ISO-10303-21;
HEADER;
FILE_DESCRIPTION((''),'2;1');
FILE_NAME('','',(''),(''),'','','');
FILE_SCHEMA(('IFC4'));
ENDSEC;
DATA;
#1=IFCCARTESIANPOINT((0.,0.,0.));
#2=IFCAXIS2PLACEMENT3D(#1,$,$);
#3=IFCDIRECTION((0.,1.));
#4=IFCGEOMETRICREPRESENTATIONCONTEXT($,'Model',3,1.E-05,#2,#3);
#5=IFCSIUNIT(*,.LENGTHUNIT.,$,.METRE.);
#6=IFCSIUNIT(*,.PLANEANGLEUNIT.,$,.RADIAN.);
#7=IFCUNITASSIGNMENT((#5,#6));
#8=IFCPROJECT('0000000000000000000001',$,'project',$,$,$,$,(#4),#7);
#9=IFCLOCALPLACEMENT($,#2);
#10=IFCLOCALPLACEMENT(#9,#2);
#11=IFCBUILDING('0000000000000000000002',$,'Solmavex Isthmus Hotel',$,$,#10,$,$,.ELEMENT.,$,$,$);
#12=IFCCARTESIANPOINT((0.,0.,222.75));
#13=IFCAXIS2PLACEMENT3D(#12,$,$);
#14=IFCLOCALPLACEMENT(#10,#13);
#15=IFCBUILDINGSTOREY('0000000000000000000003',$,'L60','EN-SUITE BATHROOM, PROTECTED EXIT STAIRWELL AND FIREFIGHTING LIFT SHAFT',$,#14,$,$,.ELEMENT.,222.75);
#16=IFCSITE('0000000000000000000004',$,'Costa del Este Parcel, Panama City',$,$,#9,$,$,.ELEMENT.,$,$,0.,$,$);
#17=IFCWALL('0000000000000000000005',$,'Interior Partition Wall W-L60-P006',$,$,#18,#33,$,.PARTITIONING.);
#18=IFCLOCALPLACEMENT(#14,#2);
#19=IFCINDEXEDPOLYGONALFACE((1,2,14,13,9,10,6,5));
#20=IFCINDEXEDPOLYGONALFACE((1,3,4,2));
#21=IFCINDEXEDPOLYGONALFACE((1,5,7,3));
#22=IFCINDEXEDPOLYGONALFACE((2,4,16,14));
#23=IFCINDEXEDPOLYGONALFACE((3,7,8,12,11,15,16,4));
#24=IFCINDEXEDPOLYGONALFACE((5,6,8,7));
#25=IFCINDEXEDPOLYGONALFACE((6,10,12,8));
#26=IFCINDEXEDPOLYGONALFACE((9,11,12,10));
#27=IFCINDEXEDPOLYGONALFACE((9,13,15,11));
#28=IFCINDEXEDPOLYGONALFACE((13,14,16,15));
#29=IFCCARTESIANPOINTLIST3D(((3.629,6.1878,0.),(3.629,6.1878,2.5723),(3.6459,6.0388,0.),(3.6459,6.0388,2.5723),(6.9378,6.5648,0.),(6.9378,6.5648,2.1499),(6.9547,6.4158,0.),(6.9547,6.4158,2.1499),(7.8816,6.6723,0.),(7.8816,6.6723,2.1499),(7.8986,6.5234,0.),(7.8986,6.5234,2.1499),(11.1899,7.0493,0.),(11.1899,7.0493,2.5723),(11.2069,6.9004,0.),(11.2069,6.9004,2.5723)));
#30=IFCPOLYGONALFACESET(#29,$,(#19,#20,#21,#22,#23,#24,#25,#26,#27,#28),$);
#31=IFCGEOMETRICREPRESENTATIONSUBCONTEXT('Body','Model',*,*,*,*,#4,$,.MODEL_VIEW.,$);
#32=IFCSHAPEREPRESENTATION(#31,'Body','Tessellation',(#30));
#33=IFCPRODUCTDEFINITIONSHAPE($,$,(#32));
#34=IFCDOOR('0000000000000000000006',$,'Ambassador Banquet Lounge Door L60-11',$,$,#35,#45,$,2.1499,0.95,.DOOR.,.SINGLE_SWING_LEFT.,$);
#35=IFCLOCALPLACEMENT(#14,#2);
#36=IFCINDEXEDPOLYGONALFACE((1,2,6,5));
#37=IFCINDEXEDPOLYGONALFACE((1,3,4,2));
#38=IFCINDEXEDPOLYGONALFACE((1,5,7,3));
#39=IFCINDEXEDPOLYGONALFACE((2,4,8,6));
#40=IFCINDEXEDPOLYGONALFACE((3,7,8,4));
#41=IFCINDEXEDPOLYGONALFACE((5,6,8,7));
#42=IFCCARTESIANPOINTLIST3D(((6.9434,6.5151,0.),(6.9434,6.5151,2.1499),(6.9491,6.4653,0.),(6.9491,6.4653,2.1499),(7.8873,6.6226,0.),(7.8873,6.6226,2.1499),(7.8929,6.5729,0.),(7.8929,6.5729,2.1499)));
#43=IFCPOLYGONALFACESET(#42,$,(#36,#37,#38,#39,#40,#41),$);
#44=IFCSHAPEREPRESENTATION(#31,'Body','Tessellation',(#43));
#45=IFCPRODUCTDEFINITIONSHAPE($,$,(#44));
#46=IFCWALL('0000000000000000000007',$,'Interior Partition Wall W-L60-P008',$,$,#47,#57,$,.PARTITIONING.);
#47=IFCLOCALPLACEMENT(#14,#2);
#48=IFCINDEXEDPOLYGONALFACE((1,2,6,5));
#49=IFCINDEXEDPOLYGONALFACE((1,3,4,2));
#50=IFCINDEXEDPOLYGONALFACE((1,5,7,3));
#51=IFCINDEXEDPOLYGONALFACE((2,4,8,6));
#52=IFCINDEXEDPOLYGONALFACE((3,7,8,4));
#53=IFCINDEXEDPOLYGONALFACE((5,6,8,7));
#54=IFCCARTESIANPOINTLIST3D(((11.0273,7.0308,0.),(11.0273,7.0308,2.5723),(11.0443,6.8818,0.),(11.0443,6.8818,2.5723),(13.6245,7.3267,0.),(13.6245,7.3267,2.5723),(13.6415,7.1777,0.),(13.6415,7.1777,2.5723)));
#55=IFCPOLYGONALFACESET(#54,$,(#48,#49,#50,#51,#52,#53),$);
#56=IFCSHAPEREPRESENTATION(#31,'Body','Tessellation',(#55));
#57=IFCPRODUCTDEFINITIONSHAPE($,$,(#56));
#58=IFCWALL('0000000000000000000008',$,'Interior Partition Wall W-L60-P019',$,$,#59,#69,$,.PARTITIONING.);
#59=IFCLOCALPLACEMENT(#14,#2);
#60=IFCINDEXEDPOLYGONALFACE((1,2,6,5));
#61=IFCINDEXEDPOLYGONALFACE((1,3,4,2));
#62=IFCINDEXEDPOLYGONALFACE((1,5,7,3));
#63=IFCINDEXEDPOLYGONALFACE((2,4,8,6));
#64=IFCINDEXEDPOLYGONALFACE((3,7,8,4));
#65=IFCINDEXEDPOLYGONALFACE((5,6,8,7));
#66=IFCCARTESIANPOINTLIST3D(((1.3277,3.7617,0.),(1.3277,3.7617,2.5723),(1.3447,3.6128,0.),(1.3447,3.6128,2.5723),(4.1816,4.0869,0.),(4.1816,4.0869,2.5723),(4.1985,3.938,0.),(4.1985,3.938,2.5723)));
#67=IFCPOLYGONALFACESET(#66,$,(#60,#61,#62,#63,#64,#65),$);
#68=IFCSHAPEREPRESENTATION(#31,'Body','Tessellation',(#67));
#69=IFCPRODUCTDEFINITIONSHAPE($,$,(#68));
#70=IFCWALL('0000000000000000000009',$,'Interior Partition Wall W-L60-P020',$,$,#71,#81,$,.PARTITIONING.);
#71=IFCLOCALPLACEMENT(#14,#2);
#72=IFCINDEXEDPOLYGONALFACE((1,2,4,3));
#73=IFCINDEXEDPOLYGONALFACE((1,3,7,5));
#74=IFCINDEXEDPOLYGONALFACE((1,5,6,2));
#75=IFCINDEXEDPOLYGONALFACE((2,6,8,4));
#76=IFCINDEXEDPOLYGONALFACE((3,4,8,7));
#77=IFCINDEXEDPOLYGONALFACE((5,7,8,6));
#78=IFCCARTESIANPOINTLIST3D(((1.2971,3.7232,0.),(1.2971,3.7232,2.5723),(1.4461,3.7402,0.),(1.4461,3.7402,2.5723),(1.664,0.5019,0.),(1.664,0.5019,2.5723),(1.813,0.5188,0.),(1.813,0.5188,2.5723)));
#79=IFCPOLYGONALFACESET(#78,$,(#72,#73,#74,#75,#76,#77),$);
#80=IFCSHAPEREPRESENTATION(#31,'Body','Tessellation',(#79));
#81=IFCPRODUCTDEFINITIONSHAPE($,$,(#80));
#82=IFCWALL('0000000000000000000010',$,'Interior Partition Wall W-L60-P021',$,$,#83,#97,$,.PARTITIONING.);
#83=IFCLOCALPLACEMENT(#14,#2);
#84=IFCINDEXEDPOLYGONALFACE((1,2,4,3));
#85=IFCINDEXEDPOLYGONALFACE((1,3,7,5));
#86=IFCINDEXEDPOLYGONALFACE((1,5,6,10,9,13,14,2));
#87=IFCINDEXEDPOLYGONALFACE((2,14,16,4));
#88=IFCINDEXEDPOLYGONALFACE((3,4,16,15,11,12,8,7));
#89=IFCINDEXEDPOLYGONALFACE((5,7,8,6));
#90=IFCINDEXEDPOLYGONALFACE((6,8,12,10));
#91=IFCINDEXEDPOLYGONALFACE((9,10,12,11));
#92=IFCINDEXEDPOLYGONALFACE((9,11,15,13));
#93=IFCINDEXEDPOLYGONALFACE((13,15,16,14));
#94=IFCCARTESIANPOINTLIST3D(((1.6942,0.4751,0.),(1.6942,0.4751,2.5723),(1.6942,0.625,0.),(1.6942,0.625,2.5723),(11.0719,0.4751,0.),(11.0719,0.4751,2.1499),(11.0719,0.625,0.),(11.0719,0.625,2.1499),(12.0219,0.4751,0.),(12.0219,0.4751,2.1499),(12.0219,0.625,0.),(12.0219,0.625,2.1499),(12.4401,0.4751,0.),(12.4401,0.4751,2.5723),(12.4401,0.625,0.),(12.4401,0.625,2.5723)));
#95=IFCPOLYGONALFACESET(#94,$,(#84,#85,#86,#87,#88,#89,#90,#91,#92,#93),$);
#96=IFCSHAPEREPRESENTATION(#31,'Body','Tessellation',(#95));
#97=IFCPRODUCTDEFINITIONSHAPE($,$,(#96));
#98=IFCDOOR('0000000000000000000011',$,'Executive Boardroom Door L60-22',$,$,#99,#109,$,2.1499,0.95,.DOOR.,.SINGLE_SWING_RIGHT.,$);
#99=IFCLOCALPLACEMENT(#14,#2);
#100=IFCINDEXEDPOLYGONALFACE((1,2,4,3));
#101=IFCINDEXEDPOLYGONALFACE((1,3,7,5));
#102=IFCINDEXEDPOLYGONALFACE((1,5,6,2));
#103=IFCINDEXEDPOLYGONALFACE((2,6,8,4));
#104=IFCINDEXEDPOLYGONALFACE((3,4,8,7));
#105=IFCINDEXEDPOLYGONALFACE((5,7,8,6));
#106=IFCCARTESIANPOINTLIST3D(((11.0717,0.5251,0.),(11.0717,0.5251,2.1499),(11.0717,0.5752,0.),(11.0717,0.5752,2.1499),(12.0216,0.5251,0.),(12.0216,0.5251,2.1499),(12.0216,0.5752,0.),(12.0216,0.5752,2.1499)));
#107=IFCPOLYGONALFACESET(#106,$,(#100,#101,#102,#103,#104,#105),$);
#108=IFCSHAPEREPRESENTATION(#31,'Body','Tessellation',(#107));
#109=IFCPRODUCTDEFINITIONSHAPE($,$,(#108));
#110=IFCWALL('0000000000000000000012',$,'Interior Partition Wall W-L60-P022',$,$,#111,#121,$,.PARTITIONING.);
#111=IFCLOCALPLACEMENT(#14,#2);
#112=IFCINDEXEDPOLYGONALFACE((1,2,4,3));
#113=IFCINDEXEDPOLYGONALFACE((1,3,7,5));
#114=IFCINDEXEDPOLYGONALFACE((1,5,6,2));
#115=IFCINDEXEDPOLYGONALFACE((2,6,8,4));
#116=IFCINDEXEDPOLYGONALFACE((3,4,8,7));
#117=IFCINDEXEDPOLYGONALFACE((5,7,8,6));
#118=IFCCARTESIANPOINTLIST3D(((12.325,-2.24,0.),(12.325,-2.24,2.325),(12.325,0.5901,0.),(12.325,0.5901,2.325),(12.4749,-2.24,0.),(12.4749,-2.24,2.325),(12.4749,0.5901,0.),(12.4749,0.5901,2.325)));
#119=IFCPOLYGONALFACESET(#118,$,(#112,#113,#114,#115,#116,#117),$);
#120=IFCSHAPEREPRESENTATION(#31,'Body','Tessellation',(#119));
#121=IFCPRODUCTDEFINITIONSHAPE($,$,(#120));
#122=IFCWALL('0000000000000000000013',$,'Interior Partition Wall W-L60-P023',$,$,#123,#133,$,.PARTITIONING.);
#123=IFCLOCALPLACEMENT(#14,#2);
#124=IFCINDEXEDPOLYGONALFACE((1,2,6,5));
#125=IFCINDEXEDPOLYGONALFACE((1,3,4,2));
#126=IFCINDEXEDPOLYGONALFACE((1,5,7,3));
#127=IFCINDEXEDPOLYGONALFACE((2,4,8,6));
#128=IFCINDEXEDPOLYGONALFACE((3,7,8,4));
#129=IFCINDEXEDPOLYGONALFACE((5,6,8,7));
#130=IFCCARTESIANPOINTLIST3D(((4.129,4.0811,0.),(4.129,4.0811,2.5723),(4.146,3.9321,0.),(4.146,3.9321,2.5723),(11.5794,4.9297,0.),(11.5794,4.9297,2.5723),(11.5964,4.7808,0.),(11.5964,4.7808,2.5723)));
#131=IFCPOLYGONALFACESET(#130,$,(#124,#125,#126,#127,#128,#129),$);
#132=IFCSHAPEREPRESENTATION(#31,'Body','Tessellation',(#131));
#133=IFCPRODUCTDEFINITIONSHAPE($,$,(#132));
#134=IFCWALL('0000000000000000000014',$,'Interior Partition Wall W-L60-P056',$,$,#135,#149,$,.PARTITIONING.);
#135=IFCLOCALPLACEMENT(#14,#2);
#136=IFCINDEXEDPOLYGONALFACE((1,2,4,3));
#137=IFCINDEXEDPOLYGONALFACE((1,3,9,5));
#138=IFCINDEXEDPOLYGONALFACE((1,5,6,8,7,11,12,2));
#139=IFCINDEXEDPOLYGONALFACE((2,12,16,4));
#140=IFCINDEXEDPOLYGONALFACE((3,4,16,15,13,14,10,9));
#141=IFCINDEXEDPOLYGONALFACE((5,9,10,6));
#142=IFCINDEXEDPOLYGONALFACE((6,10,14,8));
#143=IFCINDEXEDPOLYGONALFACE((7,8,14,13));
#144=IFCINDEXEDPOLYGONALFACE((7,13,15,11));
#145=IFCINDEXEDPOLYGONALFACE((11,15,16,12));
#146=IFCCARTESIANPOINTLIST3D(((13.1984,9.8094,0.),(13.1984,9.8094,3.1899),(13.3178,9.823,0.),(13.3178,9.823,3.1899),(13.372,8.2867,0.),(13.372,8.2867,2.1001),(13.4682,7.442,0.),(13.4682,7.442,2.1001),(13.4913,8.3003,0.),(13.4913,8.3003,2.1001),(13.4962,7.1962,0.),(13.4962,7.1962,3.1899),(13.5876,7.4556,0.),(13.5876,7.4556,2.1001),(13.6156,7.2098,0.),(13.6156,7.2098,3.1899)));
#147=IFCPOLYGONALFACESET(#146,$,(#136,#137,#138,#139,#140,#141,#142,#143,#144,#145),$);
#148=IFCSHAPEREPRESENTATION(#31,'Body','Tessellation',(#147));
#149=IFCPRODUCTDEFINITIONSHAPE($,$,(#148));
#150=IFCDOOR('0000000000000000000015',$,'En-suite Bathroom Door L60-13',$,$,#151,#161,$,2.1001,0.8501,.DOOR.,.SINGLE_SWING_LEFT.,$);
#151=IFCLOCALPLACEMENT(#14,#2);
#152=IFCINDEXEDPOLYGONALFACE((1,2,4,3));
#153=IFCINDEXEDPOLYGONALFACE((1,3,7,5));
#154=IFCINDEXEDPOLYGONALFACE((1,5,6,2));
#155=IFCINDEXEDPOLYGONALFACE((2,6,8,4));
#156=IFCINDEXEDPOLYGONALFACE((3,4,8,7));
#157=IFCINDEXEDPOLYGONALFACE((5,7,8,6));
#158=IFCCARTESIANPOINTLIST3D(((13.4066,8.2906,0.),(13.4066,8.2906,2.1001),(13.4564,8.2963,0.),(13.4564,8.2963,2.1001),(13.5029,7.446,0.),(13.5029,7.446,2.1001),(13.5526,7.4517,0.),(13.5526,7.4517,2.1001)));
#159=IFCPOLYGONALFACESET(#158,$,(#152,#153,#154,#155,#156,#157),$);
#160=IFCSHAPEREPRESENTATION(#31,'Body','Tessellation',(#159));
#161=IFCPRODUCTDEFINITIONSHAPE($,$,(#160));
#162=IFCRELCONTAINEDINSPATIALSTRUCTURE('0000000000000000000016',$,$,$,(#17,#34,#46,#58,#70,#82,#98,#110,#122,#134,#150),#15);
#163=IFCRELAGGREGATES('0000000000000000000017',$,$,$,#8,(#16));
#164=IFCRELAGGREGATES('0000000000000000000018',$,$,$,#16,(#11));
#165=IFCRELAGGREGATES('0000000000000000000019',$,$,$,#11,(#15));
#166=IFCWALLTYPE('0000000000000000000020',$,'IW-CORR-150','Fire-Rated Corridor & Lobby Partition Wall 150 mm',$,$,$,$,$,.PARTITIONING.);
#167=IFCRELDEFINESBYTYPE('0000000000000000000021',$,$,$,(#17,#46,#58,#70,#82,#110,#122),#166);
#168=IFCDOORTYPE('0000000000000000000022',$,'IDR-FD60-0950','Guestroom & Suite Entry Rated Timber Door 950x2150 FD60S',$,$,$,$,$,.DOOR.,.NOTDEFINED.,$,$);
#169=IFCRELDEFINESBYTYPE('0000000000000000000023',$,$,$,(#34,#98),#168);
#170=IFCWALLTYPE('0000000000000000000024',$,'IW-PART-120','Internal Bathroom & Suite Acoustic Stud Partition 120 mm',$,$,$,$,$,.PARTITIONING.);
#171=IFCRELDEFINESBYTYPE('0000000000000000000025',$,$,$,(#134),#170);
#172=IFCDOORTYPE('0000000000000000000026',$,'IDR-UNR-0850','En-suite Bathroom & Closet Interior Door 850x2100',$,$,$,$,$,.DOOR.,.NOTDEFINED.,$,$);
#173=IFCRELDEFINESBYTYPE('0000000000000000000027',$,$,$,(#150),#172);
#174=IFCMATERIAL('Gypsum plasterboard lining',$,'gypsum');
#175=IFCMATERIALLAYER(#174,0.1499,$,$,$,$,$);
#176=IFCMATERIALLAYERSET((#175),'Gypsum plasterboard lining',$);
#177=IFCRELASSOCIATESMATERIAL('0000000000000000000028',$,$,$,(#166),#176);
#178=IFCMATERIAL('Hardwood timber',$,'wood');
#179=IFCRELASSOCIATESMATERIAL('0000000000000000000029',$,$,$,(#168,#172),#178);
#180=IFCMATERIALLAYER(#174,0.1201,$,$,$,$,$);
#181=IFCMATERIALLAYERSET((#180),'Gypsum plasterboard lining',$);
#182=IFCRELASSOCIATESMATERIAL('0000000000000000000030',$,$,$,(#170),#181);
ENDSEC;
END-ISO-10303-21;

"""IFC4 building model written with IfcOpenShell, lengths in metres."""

from ifc_helpers import new_model, si_unit, direction, frame, frame_2d, origin, place, context, subcontext, project, spatial, rectangle, extrude, material, layer, layer_set, type_object, element, fill, save


model = new_model("IFC4")

# Units and contexts
model_context = context("Model", 3, precision=1e-05, world=origin(), true_north=direction((0.0, 1.0)))
body_context = subcontext(model_context, "Body", "Model", "MODEL_VIEW")
ifc_project = project(units=[si_unit("LENGTHUNIT", "METRE"), si_unit("PLANEANGLEUNIT", "RADIAN")], contexts=[model_context])

# Site, building, storey
site_placement = place(None, origin())
site = spatial("IfcSite", under=ifc_project, at=site_placement, Name="Costa del Este Parcel, Panama City", CompositionType="ELEMENT", RefElevation=0.0)
building_placement = place(site_placement, origin())
building = spatial("IfcBuilding", under=site, at=building_placement, Name="Solmavex Isthmus Hotel", CompositionType="ELEMENT")
storey_placement = place(building_placement, frame((0.0, 0.0, 222.75)))
storey = spatial("IfcBuildingStorey", under=building, at=storey_placement, Name="L60", Description="EN-SUITE BATHROOM, PROTECTED EXIT STAIRWELL AND FIREFIGHTING LIFT SHAFT", CompositionType="ELEMENT", Elevation=222.75)

# Wall, opening, door
ifc_material_1 = material(Name="Gypsum plasterboard lining", Category="gypsum")
ifc_layer_1 = layer(ifc_material_1, 0.1499)
ifc_layer_set_1 = layer_set([ifc_layer_1], Name="Gypsum plasterboard lining")
wall_type_1 = type_object("IfcWallType", Name="IW-CORR-150", Description="Fire-Rated Corridor & Lobby Partition Wall 150 mm", PredefinedType="PARTITIONING", material=ifc_layer_set_1)
wall_1_placement = place(storey_placement, frame((3.6375, 6.1133, 0.0), z_axis=(0.0, 0.0, 1.0), x_axis=(0.99357, 0.113216, 0.0)))
wall_1 = element("IfcWall", 1, at=wall_1_placement, inside=storey, type_object=wall_type_1, Name="Interior Partition Wall W-L60-P006", PredefinedType="PARTITIONING", context=body_context, shape_type="SweptSolid", body=[
    extrude(rectangle(XDim=7.6099, YDim=0.1499, at=frame_2d((3.8049, 0.0))), origin(), (0.0, 0.0, 1.0), 2.5723),
])
opening_1_placement = place(wall_1_placement, frame((3.3301, 0.0, 0.0)))
opening_1 = element("IfcOpeningElement", 2, at=opening_1_placement, cuts=wall_1, PredefinedType="OPENING", context=body_context, shape_type="SweptSolid", body=[
    extrude(rectangle(XDim=0.95, YDim=2.1499, at=frame_2d((0.4751, 1.075))), frame((0.0, 0.085, 0.0), z_axis=(0.0, -1.0, 0.0), x_axis=(1.0, 0.0, 0.0)), (0.0, 0.0, 1.0), 0.1699),
])
ifc_material_2 = material(Name="Hardwood timber", Category="wood")
door_type_1 = type_object("IfcDoorType", Name="IDR-FD60-0950", Description="Guestroom & Suite Entry Rated Timber Door 950x2150 FD60S", OperationType="NOTDEFINED", PredefinedType="DOOR", material=ifc_material_2)
door_1_placement = place(opening_1_placement, origin())
door_1 = element("IfcDoor", 3, at=door_1_placement, inside=storey, type_object=door_type_1, Name="Ambassador Banquet Lounge Door L60-11", OperationType="SINGLE_SWING_LEFT", OverallHeight=2.1499, OverallWidth=0.95, PredefinedType="DOOR", context=body_context, shape_type="SweptSolid", body=[
    extrude(rectangle(XDim=0.95, YDim=2.1499, at=frame_2d((0.4751, 1.075))), frame((0.0, 0.0249, 0.0), z_axis=(0.0, -1.0, 0.0), x_axis=(1.0, 0.0, 0.0)), (0.0, 0.0, 1.0), 0.05),
])
fill(opening_1, door_1)

# Walls
wall_2_placement = place(storey_placement, frame((11.0356, 6.9563, 0.0), z_axis=(0.0, 0.0, 1.0), x_axis=(0.993572, 0.113199, 0.0)))
element("IfcWall", 4, at=wall_2_placement, inside=storey, type_object=wall_type_1, Name="Interior Partition Wall W-L60-P008", PredefinedType="PARTITIONING", context=body_context, shape_type="SweptSolid", body=[
    extrude(rectangle(XDim=2.614, YDim=0.1499, at=frame_2d((1.3071, 0.0))), origin(), (0.0, 0.0, 1.0), 2.5723),
])
wall_3_placement = place(storey_placement, frame((4.1899, 4.0125, 0.0), z_axis=(0.0, 0.0, 1.0), x_axis=(-0.99357, -0.113221, 0.0)))
element("IfcWall", 5, at=wall_3_placement, inside=storey, type_object=wall_type_1, Name="Interior Partition Wall W-L60-P019", PredefinedType="PARTITIONING", context=body_context, shape_type="SweptSolid", body=[
    extrude(rectangle(XDim=2.8723, YDim=0.1499, at=frame_2d((1.436, 0.0))), origin(), (0.0, 0.0, 1.0), 2.5723),
])
wall_4_placement = place(storey_placement, frame((1.3716, 3.7317, 0.0), z_axis=(0.0, 0.0, 1.0), x_axis=(0.113175, -0.993575, 0.0)))
element("IfcWall", 6, at=wall_4_placement, inside=storey, type_object=wall_type_1, Name="Interior Partition Wall W-L60-P020", PredefinedType="PARTITIONING", context=body_context, shape_type="SweptSolid", body=[
    extrude(rectangle(XDim=3.2422, YDim=0.1499, at=frame_2d((1.6211, 0.0))), origin(), (0.0, 0.0, 1.0), 2.5723),
])

# Wall, opening, door
wall_5_placement = place(storey_placement, frame((1.6941, 0.55, 0.0), z_axis=(0.0, 0.0, 1.0), x_axis=(1.0, 0.0, 0.0)))
wall_5 = element("IfcWall", 7, at=wall_5_placement, inside=storey, type_object=wall_type_1, Name="Interior Partition Wall W-L60-P021", PredefinedType="PARTITIONING", context=body_context, shape_type="SweptSolid", body=[
    extrude(rectangle(XDim=10.7458, YDim=0.1499, at=frame_2d((5.373, 0.0))), origin(), (0.0, 0.0, 1.0), 2.5723),
])
opening_2_placement = place(wall_5_placement, frame((9.3777, 0.0, 0.0)))
opening_2 = element("IfcOpeningElement", 8, at=opening_2_placement, cuts=wall_5, PredefinedType="OPENING", context=body_context, shape_type="SweptSolid", body=[
    extrude(rectangle(XDim=0.95, YDim=2.1499, at=frame_2d((0.4751, 1.075))), frame((0.0, 0.085, 0.0), z_axis=(0.0, -1.0, 0.0), x_axis=(1.0, 0.0, 0.0)), (0.0, 0.0, 1.0), 0.1699),
])
door_2_placement = place(opening_2_placement, frame((0.95, 0.0, 0.0), z_axis=(0.0, 0.0, 1.0), x_axis=(-1.0, 0.0, 0.0)))
door_2 = element("IfcDoor", 9, at=door_2_placement, inside=storey, type_object=door_type_1, Name="Executive Boardroom Door L60-22", OperationType="SINGLE_SWING_RIGHT", OverallHeight=2.1499, OverallWidth=0.95, PredefinedType="DOOR", context=body_context, shape_type="SweptSolid", body=[
    extrude(rectangle(XDim=0.95, YDim=2.1499, at=frame_2d((0.4751, 1.075))), frame((0.0, 0.0249, 0.0), z_axis=(0.0, -1.0, 0.0), x_axis=(1.0, 0.0, 0.0)), (0.0, 0.0, 1.0), 0.05),
])
fill(opening_2, door_2)

# Walls
wall_6_placement = place(storey_placement, frame((12.3999, 0.5901, 0.0), z_axis=(0.0, 0.0, 1.0), x_axis=(0.0, -1.0, 0.0)))
element("IfcWall", 10, at=wall_6_placement, inside=storey, type_object=wall_type_1, Name="Interior Partition Wall W-L60-P022", PredefinedType="PARTITIONING", context=body_context, shape_type="SweptSolid", body=[
    extrude(rectangle(XDim=2.8301, YDim=0.1499, at=frame_2d((1.415, 0.0))), origin(), (0.0, 0.0, 1.0), 2.325),
])
wall_7_placement = place(storey_placement, frame((11.5879, 4.8552, 0.0), z_axis=(0.0, 0.0, 1.0), x_axis=(-0.993575, -0.113172, 0.0)))
element("IfcWall", 11, at=wall_7_placement, inside=storey, type_object=wall_type_1, Name="Interior Partition Wall W-L60-P023", PredefinedType="PARTITIONING", context=body_context, shape_type="SweptSolid", body=[
    extrude(rectangle(XDim=7.4985, YDim=0.1499, at=frame_2d((3.7493, 0.0))), origin(), (0.0, 0.0, 1.0), 2.5723),
])

# Wall, opening, door
ifc_layer_2 = layer(ifc_material_1, 0.1201)
ifc_layer_set_2 = layer_set([ifc_layer_2], Name="Gypsum plasterboard lining")
wall_type_2 = type_object("IfcWallType", Name="IW-PART-120", Description="Internal Bathroom & Suite Acoustic Stud Partition 120 mm", PredefinedType="PARTITIONING", material=ifc_layer_set_2)
wall_8_placement = place(storey_placement, frame((13.5559, 7.2031, 0.0), z_axis=(0.0, 0.0, 1.0), x_axis=(-0.113243, 0.993567, 0.0)))
wall_8 = element("IfcWall", 12, at=wall_8_placement, inside=storey, type_object=wall_type_2, Name="Interior Partition Wall W-L60-P056", PredefinedType="PARTITIONING", context=body_context, shape_type="SweptSolid", body=[
    extrude(rectangle(XDim=2.6301, YDim=0.1201, at=frame_2d((1.3149, 0.0))), origin(), (0.0, 0.0, 1.0), 3.1899),
])
opening_3_placement = place(wall_8_placement, frame((0.2473, 0.0, 0.0)))
opening_3 = element("IfcOpeningElement", 13, at=opening_3_placement, cuts=wall_8, PredefinedType="OPENING", context=body_context, shape_type="SweptSolid", body=[
    extrude(rectangle(XDim=0.8501, YDim=2.1001, at=frame_2d((0.425, 1.05))), frame((0.0, 0.0701, 0.0), z_axis=(0.0, -1.0, 0.0), x_axis=(1.0, 0.0, 0.0)), (0.0, 0.0, 1.0), 0.1401),
])
door_type_2 = type_object("IfcDoorType", Name="IDR-UNR-0850", Description="En-suite Bathroom & Closet Interior Door 850x2100", OperationType="NOTDEFINED", PredefinedType="DOOR", material=ifc_material_2)
door_3_placement = place(opening_3_placement, frame((0.8501, 0.0, 0.0), z_axis=(0.0, 0.0, 1.0), x_axis=(-1.0, 0.0, 0.0)))
door_3 = element("IfcDoor", 14, at=door_3_placement, inside=storey, type_object=door_type_2, Name="En-suite Bathroom Door L60-13", OperationType="SINGLE_SWING_LEFT", OverallHeight=2.1001, OverallWidth=0.8501, PredefinedType="DOOR", context=body_context, shape_type="SweptSolid", body=[
    extrude(rectangle(XDim=0.8501, YDim=2.1001, at=frame_2d((0.425, 1.05))), frame((0.0, 0.0249, 0.0), z_axis=(0.0, -1.0, 0.0), x_axis=(1.0, 0.0, 0.0)), (0.0, 0.0, 1.0), 0.05),
])
fill(opening_3, door_3)

save(model, "model.ifc")
